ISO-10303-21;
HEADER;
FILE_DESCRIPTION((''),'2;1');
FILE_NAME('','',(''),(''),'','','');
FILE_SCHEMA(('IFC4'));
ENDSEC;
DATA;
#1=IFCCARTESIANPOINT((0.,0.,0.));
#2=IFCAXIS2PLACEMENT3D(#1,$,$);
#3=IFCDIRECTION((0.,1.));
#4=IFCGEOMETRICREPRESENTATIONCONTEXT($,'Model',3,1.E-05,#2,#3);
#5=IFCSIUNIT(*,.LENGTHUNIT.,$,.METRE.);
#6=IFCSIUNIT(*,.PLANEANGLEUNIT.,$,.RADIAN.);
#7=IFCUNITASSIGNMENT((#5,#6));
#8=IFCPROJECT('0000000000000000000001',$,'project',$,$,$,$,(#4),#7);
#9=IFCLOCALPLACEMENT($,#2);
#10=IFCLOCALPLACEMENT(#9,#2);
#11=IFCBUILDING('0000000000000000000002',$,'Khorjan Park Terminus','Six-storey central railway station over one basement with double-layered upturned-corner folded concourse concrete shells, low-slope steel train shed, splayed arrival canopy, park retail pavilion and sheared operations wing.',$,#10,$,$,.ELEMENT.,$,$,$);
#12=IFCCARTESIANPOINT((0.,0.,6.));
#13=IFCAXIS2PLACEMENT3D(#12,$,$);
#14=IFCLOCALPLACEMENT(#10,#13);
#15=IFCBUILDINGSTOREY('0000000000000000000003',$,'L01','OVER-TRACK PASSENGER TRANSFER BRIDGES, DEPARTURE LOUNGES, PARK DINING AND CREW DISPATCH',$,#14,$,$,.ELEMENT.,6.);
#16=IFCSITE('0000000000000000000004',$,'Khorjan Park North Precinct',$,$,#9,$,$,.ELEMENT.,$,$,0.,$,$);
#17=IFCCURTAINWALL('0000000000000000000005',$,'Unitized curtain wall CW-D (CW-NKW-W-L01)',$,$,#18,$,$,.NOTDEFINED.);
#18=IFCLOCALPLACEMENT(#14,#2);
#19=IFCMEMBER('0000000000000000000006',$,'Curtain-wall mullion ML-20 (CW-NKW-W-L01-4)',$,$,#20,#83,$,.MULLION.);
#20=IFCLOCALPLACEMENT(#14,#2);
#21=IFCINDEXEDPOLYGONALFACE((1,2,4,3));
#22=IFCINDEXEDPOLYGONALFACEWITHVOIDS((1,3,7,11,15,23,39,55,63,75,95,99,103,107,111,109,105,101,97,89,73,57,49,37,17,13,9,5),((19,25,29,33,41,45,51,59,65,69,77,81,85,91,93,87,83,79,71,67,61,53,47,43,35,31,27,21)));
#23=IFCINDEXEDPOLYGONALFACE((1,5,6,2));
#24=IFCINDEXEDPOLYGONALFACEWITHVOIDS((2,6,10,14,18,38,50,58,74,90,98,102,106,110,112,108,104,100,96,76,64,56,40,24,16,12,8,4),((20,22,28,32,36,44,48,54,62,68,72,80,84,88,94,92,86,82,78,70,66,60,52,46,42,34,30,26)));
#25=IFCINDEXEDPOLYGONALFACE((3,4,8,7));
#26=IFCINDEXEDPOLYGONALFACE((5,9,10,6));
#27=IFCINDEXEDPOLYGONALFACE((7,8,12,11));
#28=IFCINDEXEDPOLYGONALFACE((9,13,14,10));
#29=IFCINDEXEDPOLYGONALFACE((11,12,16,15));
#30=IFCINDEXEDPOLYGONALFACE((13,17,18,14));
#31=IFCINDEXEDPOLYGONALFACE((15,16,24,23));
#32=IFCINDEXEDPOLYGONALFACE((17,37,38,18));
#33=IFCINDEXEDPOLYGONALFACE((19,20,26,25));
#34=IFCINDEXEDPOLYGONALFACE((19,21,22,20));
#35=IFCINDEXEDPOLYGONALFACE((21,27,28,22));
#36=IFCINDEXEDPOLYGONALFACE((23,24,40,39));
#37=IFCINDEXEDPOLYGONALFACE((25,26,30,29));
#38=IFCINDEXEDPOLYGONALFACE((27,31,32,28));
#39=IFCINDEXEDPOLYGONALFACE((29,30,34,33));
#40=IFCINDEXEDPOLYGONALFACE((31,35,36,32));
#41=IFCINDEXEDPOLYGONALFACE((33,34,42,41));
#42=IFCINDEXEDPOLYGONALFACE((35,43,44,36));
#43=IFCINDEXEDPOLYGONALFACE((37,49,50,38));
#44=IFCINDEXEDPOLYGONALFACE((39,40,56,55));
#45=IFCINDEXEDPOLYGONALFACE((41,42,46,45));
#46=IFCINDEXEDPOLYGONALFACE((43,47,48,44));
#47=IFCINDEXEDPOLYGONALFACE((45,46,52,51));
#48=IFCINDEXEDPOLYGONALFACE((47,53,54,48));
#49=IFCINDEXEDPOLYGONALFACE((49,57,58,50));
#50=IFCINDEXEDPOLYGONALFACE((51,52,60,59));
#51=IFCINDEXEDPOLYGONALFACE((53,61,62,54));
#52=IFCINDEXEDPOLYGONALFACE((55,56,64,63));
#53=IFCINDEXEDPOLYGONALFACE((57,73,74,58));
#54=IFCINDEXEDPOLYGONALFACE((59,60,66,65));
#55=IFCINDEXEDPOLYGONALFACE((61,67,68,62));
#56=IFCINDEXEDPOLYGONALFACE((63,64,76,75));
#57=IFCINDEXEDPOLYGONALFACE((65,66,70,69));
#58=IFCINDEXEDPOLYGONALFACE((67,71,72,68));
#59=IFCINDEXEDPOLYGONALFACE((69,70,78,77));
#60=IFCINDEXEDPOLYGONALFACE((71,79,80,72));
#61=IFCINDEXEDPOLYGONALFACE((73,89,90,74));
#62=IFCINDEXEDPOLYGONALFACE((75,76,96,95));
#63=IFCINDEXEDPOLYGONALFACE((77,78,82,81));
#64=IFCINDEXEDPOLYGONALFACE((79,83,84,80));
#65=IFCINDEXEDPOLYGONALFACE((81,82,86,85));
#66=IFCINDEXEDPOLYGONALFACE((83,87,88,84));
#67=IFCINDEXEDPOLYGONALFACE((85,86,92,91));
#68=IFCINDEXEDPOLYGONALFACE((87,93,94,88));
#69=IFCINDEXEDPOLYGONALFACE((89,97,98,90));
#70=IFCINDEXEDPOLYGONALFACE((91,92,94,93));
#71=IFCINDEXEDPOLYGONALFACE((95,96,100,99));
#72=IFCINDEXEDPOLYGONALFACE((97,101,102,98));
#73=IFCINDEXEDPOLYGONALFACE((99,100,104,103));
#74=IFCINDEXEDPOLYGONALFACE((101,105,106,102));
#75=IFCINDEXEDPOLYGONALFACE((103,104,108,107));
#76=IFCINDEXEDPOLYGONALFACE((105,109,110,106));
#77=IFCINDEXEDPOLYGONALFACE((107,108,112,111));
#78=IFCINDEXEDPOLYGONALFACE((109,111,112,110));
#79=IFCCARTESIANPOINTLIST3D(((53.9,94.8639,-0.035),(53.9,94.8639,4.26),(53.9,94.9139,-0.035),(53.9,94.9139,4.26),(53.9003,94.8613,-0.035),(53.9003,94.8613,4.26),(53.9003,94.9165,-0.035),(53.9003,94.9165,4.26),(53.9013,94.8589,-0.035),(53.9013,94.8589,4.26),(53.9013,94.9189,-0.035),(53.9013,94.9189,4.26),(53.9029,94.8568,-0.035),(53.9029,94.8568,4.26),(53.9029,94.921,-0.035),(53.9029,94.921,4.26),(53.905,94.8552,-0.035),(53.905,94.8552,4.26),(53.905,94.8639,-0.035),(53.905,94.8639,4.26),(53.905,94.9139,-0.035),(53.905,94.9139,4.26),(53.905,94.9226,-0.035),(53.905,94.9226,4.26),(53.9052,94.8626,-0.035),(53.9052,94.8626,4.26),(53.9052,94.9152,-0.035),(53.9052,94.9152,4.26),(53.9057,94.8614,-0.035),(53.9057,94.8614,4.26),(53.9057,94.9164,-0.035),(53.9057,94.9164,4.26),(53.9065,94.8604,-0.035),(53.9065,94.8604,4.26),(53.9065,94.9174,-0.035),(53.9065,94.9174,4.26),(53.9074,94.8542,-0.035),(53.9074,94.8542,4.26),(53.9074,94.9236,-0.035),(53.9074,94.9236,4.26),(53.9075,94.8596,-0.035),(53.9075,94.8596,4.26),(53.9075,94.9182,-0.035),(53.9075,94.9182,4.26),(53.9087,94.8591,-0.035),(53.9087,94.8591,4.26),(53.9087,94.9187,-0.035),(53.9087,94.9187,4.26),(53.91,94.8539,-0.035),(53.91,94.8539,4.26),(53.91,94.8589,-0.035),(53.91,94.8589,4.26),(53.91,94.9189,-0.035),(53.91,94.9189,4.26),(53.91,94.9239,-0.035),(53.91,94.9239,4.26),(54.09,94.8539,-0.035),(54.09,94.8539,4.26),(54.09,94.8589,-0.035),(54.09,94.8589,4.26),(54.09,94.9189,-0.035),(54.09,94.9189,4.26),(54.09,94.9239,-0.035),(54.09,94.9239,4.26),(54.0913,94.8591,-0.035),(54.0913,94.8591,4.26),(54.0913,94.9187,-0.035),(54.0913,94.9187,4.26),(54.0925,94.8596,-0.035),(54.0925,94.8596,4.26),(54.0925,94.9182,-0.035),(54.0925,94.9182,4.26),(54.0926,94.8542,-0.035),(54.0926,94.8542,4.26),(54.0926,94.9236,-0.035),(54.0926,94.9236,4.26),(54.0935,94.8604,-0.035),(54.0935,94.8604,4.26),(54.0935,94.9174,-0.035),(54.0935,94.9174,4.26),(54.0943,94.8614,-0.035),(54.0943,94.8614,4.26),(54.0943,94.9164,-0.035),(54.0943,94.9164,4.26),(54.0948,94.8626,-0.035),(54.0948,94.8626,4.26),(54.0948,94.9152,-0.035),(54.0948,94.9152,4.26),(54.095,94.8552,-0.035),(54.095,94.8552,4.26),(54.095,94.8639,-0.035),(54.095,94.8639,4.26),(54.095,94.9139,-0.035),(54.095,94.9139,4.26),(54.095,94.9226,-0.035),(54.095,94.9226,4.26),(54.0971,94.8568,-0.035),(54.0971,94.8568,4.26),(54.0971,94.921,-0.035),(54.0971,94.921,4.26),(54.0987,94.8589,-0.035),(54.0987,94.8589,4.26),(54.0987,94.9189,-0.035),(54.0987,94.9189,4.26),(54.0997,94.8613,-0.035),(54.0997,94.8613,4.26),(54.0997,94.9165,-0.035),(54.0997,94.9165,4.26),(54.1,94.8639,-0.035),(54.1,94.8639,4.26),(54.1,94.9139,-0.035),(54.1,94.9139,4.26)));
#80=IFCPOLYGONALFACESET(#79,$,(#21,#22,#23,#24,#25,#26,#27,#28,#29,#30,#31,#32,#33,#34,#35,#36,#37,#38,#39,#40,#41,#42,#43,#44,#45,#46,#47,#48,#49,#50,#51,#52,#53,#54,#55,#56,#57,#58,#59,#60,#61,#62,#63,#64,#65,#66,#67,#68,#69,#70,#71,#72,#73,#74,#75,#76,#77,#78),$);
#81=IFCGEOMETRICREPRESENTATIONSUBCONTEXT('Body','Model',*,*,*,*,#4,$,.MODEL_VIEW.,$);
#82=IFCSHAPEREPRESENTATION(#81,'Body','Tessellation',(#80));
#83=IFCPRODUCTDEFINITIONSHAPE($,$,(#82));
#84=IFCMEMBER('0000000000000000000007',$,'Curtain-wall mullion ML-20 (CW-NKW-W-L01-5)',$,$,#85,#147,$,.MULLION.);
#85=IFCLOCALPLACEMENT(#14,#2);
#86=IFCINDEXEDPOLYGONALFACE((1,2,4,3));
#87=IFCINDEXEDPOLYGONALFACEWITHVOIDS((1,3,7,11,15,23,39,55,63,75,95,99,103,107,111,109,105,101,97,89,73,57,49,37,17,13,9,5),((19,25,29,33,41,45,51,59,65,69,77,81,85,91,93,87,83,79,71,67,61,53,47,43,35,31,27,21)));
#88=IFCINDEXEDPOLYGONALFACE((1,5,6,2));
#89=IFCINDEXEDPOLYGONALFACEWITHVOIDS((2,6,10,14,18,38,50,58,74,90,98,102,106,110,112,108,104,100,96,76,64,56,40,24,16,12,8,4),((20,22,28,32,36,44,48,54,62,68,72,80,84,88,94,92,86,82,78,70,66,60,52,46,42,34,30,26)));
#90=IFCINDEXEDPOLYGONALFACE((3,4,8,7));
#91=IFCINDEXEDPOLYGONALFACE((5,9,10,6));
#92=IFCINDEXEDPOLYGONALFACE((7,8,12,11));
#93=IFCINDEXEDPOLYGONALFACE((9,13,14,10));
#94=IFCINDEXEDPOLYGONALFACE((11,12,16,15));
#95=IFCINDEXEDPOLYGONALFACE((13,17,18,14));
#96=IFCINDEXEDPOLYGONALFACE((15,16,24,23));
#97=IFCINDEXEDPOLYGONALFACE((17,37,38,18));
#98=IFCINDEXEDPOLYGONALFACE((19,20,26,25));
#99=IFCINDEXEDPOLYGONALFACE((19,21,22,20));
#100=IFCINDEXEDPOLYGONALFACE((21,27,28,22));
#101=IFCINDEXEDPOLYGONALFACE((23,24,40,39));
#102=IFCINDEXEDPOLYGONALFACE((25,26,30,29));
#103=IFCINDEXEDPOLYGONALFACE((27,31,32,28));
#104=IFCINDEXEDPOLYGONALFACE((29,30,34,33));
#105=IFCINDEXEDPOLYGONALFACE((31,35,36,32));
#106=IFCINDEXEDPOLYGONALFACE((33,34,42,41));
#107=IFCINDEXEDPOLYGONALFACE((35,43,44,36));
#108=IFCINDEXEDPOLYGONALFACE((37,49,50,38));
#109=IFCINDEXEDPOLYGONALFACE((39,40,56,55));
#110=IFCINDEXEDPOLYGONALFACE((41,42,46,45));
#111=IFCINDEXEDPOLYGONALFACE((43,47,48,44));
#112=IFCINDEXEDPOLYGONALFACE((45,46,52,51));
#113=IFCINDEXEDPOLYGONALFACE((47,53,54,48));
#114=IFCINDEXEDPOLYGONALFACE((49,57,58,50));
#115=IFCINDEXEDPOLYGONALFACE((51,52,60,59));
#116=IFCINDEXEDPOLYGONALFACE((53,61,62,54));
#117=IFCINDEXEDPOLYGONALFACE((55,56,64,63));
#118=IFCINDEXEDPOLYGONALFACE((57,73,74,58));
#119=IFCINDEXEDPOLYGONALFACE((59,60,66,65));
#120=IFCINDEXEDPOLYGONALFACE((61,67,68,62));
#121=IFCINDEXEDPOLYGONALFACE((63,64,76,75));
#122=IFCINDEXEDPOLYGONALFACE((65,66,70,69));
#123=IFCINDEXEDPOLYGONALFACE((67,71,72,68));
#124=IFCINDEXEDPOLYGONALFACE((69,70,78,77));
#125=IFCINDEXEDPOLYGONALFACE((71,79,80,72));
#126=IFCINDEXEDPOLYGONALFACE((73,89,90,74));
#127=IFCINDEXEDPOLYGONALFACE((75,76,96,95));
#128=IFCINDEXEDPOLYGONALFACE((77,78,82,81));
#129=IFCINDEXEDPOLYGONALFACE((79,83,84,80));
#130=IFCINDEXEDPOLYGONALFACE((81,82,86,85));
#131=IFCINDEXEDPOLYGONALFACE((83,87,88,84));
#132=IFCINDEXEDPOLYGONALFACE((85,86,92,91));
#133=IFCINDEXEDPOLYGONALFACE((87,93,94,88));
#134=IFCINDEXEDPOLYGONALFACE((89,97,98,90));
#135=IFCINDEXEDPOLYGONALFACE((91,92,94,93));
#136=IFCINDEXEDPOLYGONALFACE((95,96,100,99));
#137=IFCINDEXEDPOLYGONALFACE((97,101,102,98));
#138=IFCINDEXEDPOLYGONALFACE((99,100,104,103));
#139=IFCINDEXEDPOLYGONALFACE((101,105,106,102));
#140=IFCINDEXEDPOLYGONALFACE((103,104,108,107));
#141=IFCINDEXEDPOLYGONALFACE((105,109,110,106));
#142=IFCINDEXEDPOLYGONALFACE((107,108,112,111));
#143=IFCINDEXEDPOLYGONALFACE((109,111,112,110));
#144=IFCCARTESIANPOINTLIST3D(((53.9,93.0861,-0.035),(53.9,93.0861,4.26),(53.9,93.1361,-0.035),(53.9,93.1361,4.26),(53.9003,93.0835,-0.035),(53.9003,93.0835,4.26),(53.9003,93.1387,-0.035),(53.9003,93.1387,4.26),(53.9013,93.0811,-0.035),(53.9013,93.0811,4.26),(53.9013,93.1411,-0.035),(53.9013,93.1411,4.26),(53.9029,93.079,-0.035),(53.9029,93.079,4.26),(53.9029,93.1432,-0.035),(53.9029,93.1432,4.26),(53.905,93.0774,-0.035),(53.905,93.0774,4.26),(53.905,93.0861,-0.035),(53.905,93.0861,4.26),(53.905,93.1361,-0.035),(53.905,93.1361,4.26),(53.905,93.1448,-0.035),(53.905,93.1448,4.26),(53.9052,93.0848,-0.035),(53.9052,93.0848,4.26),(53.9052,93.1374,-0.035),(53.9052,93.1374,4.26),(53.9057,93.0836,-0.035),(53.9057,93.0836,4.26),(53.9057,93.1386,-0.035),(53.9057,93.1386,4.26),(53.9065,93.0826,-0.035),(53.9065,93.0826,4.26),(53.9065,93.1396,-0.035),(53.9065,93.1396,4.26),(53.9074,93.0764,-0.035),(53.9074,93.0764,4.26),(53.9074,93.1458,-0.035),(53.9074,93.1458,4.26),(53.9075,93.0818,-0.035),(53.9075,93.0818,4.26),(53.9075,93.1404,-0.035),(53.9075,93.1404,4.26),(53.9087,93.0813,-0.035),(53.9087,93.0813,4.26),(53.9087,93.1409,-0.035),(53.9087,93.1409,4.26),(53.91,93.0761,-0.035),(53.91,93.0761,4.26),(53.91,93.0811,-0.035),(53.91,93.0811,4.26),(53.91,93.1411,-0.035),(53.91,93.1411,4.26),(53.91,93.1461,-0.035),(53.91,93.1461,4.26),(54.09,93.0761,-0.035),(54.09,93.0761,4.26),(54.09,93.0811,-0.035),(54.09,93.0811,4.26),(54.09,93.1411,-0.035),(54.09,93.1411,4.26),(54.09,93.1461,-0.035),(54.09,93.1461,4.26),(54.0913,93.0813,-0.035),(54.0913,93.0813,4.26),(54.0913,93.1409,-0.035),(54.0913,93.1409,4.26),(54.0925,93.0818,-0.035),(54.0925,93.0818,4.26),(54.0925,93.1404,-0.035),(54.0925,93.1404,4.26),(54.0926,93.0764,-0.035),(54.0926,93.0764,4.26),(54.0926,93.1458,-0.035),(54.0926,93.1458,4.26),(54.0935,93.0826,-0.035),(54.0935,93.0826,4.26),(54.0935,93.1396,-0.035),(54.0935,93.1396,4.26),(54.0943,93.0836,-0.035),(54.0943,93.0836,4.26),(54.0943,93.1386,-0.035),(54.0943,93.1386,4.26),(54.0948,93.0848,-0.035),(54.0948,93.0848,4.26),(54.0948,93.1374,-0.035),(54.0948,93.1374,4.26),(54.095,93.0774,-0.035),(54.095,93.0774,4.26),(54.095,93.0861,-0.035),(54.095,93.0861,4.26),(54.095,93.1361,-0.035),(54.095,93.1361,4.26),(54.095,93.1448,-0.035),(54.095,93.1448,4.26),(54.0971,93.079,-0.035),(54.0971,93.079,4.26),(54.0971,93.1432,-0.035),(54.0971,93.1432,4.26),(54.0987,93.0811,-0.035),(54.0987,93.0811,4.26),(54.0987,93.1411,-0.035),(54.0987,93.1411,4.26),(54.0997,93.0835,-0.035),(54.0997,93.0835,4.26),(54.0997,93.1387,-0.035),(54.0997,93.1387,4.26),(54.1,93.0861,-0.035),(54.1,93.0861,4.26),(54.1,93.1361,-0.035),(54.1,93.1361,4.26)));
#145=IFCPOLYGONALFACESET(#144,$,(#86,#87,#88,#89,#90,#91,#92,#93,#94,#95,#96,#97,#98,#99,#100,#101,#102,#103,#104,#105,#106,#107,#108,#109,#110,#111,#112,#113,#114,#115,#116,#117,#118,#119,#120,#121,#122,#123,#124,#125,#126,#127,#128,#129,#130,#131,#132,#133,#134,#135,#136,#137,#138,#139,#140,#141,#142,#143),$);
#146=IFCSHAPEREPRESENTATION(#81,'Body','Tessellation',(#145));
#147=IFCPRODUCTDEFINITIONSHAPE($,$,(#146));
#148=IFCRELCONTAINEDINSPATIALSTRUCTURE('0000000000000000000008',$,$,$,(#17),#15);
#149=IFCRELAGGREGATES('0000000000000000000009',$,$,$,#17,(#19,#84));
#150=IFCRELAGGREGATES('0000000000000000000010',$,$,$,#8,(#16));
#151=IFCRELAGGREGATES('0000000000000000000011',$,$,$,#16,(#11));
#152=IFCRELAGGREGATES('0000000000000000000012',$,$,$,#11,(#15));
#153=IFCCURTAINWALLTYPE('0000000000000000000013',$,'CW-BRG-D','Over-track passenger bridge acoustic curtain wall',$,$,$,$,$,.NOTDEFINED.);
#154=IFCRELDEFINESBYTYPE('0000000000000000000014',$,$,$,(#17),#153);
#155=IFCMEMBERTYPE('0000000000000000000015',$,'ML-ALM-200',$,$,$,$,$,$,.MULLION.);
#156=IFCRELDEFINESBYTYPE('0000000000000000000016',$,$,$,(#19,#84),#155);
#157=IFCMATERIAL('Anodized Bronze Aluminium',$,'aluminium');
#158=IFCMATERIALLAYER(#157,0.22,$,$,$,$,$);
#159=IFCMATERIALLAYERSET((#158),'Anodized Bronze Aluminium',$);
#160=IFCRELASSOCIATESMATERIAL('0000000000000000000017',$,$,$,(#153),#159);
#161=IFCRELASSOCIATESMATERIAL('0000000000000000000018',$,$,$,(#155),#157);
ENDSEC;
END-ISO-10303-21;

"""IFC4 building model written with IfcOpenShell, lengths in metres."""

from ifc_helpers import new_model, si_unit, direction, frame, origin, origin_2d, place, context, subcontext, project, spatial, hollow_rectangle, extrude, material, layer, layer_set, material_profile, profile_set, type_object, element, aggregate, save


model = new_model("IFC4")

# Units and contexts
model_context = context("Model", 3, precision=1e-05, world=origin(), true_north=direction((0.0, 1.0)))
body_context = subcontext(model_context, "Body", "Model", "MODEL_VIEW")
ifc_project = project(units=[si_unit("LENGTHUNIT", "METRE"), si_unit("PLANEANGLEUNIT", "RADIAN")], contexts=[model_context])

# Site, building, storey
site_placement = place(None, origin())
site = spatial("IfcSite", under=ifc_project, at=site_placement, Name="Khorjan Park North Precinct", CompositionType="ELEMENT", RefElevation=0.0)
building_placement = place(site_placement, origin())
building = spatial("IfcBuilding", under=site, at=building_placement, Name="Khorjan Park Terminus", Description="Six-storey central railway station over one basement with double-layered upturned-corner folded concourse concrete shells, low-slope steel train shed, splayed arrival canopy, park retail pavilion and sheared operations wing.", CompositionType="ELEMENT")
storey_placement = place(building_placement, frame((0.0, 0.0, 6.0)))
storey = spatial("IfcBuildingStorey", under=building, at=storey_placement, Name="L01", Description="OVER-TRACK PASSENGER TRANSFER BRIDGES, DEPARTURE LOUNGES, PARK DINING AND CREW DISPATCH", CompositionType="ELEMENT", Elevation=6.0)

# Curtain wall, members
ifc_material_1 = material(Name="Anodized Bronze Aluminium", Category="aluminium")
ifc_layer_1 = layer(ifc_material_1, 0.22)
ifc_layer_set_1 = layer_set([ifc_layer_1], Name="Anodized Bronze Aluminium")
curtain_wall_type = type_object("IfcCurtainWallType", Name="CW-BRG-D", Description="Over-track passenger bridge acoustic curtain wall", PredefinedType="NOTDEFINED", material=ifc_layer_set_1)
curtain_wall_placement = place(storey_placement, origin())
curtain_wall = element("IfcCurtainWall", 1, at=curtain_wall_placement, inside=storey, type_object=curtain_wall_type, Name="Unitized curtain wall CW-D (CW-NKW-W-L01)", PredefinedType="NOTDEFINED")
ifc_material_profile_1 = material_profile(ifc_material_1, hollow_rectangle(XDim=0.07, YDim=0.2, WallThickness=0.005, InnerFilletRadius=0.005, OuterFilletRadius=0.01, at=origin_2d()), Name="ALM 70x200x5")
ifc_profile_set_1 = profile_set([ifc_material_profile_1], Name="Anodized Bronze Aluminium")
member_type_1 = type_object("IfcMemberType", Name="ML-ALM-200", PredefinedType="MULLION", material=ifc_profile_set_1)
member_1_placement = place(storey_placement, frame((54.0, 94.8889, -0.035), z_axis=(0.0, 0.0, 1.0), x_axis=(0.0, -1.0, 0.0)))
member_1 = element("IfcMember", 2, at=member_1_placement, type_object=member_type_1, Name="Curtain-wall mullion ML-20 (CW-NKW-W-L01-4)", PredefinedType="MULLION", context=body_context, shape_type="SweptSolid", body=[
    extrude(hollow_rectangle(XDim=0.07, YDim=0.2, WallThickness=0.005, InnerFilletRadius=0.005, OuterFilletRadius=0.01, at=origin_2d()), origin(), (0.0, 0.0, 1.0), 4.295),
])
member_2_placement = place(storey_placement, frame((54.0, 93.1111, -0.035), z_axis=(0.0, 0.0, 1.0), x_axis=(0.0, -1.0, 0.0)))
member_2 = element("IfcMember", 3, at=member_2_placement, type_object=member_type_1, Name="Curtain-wall mullion ML-20 (CW-NKW-W-L01-5)", PredefinedType="MULLION", context=body_context, shape_type="SweptSolid", body=[
    extrude(hollow_rectangle(XDim=0.07, YDim=0.2, WallThickness=0.005, InnerFilletRadius=0.005, OuterFilletRadius=0.01, at=origin_2d()), origin(), (0.0, 0.0, 1.0), 4.295),
])
aggregate(curtain_wall, [member_1, member_2])

save(model, "model.ifc")
